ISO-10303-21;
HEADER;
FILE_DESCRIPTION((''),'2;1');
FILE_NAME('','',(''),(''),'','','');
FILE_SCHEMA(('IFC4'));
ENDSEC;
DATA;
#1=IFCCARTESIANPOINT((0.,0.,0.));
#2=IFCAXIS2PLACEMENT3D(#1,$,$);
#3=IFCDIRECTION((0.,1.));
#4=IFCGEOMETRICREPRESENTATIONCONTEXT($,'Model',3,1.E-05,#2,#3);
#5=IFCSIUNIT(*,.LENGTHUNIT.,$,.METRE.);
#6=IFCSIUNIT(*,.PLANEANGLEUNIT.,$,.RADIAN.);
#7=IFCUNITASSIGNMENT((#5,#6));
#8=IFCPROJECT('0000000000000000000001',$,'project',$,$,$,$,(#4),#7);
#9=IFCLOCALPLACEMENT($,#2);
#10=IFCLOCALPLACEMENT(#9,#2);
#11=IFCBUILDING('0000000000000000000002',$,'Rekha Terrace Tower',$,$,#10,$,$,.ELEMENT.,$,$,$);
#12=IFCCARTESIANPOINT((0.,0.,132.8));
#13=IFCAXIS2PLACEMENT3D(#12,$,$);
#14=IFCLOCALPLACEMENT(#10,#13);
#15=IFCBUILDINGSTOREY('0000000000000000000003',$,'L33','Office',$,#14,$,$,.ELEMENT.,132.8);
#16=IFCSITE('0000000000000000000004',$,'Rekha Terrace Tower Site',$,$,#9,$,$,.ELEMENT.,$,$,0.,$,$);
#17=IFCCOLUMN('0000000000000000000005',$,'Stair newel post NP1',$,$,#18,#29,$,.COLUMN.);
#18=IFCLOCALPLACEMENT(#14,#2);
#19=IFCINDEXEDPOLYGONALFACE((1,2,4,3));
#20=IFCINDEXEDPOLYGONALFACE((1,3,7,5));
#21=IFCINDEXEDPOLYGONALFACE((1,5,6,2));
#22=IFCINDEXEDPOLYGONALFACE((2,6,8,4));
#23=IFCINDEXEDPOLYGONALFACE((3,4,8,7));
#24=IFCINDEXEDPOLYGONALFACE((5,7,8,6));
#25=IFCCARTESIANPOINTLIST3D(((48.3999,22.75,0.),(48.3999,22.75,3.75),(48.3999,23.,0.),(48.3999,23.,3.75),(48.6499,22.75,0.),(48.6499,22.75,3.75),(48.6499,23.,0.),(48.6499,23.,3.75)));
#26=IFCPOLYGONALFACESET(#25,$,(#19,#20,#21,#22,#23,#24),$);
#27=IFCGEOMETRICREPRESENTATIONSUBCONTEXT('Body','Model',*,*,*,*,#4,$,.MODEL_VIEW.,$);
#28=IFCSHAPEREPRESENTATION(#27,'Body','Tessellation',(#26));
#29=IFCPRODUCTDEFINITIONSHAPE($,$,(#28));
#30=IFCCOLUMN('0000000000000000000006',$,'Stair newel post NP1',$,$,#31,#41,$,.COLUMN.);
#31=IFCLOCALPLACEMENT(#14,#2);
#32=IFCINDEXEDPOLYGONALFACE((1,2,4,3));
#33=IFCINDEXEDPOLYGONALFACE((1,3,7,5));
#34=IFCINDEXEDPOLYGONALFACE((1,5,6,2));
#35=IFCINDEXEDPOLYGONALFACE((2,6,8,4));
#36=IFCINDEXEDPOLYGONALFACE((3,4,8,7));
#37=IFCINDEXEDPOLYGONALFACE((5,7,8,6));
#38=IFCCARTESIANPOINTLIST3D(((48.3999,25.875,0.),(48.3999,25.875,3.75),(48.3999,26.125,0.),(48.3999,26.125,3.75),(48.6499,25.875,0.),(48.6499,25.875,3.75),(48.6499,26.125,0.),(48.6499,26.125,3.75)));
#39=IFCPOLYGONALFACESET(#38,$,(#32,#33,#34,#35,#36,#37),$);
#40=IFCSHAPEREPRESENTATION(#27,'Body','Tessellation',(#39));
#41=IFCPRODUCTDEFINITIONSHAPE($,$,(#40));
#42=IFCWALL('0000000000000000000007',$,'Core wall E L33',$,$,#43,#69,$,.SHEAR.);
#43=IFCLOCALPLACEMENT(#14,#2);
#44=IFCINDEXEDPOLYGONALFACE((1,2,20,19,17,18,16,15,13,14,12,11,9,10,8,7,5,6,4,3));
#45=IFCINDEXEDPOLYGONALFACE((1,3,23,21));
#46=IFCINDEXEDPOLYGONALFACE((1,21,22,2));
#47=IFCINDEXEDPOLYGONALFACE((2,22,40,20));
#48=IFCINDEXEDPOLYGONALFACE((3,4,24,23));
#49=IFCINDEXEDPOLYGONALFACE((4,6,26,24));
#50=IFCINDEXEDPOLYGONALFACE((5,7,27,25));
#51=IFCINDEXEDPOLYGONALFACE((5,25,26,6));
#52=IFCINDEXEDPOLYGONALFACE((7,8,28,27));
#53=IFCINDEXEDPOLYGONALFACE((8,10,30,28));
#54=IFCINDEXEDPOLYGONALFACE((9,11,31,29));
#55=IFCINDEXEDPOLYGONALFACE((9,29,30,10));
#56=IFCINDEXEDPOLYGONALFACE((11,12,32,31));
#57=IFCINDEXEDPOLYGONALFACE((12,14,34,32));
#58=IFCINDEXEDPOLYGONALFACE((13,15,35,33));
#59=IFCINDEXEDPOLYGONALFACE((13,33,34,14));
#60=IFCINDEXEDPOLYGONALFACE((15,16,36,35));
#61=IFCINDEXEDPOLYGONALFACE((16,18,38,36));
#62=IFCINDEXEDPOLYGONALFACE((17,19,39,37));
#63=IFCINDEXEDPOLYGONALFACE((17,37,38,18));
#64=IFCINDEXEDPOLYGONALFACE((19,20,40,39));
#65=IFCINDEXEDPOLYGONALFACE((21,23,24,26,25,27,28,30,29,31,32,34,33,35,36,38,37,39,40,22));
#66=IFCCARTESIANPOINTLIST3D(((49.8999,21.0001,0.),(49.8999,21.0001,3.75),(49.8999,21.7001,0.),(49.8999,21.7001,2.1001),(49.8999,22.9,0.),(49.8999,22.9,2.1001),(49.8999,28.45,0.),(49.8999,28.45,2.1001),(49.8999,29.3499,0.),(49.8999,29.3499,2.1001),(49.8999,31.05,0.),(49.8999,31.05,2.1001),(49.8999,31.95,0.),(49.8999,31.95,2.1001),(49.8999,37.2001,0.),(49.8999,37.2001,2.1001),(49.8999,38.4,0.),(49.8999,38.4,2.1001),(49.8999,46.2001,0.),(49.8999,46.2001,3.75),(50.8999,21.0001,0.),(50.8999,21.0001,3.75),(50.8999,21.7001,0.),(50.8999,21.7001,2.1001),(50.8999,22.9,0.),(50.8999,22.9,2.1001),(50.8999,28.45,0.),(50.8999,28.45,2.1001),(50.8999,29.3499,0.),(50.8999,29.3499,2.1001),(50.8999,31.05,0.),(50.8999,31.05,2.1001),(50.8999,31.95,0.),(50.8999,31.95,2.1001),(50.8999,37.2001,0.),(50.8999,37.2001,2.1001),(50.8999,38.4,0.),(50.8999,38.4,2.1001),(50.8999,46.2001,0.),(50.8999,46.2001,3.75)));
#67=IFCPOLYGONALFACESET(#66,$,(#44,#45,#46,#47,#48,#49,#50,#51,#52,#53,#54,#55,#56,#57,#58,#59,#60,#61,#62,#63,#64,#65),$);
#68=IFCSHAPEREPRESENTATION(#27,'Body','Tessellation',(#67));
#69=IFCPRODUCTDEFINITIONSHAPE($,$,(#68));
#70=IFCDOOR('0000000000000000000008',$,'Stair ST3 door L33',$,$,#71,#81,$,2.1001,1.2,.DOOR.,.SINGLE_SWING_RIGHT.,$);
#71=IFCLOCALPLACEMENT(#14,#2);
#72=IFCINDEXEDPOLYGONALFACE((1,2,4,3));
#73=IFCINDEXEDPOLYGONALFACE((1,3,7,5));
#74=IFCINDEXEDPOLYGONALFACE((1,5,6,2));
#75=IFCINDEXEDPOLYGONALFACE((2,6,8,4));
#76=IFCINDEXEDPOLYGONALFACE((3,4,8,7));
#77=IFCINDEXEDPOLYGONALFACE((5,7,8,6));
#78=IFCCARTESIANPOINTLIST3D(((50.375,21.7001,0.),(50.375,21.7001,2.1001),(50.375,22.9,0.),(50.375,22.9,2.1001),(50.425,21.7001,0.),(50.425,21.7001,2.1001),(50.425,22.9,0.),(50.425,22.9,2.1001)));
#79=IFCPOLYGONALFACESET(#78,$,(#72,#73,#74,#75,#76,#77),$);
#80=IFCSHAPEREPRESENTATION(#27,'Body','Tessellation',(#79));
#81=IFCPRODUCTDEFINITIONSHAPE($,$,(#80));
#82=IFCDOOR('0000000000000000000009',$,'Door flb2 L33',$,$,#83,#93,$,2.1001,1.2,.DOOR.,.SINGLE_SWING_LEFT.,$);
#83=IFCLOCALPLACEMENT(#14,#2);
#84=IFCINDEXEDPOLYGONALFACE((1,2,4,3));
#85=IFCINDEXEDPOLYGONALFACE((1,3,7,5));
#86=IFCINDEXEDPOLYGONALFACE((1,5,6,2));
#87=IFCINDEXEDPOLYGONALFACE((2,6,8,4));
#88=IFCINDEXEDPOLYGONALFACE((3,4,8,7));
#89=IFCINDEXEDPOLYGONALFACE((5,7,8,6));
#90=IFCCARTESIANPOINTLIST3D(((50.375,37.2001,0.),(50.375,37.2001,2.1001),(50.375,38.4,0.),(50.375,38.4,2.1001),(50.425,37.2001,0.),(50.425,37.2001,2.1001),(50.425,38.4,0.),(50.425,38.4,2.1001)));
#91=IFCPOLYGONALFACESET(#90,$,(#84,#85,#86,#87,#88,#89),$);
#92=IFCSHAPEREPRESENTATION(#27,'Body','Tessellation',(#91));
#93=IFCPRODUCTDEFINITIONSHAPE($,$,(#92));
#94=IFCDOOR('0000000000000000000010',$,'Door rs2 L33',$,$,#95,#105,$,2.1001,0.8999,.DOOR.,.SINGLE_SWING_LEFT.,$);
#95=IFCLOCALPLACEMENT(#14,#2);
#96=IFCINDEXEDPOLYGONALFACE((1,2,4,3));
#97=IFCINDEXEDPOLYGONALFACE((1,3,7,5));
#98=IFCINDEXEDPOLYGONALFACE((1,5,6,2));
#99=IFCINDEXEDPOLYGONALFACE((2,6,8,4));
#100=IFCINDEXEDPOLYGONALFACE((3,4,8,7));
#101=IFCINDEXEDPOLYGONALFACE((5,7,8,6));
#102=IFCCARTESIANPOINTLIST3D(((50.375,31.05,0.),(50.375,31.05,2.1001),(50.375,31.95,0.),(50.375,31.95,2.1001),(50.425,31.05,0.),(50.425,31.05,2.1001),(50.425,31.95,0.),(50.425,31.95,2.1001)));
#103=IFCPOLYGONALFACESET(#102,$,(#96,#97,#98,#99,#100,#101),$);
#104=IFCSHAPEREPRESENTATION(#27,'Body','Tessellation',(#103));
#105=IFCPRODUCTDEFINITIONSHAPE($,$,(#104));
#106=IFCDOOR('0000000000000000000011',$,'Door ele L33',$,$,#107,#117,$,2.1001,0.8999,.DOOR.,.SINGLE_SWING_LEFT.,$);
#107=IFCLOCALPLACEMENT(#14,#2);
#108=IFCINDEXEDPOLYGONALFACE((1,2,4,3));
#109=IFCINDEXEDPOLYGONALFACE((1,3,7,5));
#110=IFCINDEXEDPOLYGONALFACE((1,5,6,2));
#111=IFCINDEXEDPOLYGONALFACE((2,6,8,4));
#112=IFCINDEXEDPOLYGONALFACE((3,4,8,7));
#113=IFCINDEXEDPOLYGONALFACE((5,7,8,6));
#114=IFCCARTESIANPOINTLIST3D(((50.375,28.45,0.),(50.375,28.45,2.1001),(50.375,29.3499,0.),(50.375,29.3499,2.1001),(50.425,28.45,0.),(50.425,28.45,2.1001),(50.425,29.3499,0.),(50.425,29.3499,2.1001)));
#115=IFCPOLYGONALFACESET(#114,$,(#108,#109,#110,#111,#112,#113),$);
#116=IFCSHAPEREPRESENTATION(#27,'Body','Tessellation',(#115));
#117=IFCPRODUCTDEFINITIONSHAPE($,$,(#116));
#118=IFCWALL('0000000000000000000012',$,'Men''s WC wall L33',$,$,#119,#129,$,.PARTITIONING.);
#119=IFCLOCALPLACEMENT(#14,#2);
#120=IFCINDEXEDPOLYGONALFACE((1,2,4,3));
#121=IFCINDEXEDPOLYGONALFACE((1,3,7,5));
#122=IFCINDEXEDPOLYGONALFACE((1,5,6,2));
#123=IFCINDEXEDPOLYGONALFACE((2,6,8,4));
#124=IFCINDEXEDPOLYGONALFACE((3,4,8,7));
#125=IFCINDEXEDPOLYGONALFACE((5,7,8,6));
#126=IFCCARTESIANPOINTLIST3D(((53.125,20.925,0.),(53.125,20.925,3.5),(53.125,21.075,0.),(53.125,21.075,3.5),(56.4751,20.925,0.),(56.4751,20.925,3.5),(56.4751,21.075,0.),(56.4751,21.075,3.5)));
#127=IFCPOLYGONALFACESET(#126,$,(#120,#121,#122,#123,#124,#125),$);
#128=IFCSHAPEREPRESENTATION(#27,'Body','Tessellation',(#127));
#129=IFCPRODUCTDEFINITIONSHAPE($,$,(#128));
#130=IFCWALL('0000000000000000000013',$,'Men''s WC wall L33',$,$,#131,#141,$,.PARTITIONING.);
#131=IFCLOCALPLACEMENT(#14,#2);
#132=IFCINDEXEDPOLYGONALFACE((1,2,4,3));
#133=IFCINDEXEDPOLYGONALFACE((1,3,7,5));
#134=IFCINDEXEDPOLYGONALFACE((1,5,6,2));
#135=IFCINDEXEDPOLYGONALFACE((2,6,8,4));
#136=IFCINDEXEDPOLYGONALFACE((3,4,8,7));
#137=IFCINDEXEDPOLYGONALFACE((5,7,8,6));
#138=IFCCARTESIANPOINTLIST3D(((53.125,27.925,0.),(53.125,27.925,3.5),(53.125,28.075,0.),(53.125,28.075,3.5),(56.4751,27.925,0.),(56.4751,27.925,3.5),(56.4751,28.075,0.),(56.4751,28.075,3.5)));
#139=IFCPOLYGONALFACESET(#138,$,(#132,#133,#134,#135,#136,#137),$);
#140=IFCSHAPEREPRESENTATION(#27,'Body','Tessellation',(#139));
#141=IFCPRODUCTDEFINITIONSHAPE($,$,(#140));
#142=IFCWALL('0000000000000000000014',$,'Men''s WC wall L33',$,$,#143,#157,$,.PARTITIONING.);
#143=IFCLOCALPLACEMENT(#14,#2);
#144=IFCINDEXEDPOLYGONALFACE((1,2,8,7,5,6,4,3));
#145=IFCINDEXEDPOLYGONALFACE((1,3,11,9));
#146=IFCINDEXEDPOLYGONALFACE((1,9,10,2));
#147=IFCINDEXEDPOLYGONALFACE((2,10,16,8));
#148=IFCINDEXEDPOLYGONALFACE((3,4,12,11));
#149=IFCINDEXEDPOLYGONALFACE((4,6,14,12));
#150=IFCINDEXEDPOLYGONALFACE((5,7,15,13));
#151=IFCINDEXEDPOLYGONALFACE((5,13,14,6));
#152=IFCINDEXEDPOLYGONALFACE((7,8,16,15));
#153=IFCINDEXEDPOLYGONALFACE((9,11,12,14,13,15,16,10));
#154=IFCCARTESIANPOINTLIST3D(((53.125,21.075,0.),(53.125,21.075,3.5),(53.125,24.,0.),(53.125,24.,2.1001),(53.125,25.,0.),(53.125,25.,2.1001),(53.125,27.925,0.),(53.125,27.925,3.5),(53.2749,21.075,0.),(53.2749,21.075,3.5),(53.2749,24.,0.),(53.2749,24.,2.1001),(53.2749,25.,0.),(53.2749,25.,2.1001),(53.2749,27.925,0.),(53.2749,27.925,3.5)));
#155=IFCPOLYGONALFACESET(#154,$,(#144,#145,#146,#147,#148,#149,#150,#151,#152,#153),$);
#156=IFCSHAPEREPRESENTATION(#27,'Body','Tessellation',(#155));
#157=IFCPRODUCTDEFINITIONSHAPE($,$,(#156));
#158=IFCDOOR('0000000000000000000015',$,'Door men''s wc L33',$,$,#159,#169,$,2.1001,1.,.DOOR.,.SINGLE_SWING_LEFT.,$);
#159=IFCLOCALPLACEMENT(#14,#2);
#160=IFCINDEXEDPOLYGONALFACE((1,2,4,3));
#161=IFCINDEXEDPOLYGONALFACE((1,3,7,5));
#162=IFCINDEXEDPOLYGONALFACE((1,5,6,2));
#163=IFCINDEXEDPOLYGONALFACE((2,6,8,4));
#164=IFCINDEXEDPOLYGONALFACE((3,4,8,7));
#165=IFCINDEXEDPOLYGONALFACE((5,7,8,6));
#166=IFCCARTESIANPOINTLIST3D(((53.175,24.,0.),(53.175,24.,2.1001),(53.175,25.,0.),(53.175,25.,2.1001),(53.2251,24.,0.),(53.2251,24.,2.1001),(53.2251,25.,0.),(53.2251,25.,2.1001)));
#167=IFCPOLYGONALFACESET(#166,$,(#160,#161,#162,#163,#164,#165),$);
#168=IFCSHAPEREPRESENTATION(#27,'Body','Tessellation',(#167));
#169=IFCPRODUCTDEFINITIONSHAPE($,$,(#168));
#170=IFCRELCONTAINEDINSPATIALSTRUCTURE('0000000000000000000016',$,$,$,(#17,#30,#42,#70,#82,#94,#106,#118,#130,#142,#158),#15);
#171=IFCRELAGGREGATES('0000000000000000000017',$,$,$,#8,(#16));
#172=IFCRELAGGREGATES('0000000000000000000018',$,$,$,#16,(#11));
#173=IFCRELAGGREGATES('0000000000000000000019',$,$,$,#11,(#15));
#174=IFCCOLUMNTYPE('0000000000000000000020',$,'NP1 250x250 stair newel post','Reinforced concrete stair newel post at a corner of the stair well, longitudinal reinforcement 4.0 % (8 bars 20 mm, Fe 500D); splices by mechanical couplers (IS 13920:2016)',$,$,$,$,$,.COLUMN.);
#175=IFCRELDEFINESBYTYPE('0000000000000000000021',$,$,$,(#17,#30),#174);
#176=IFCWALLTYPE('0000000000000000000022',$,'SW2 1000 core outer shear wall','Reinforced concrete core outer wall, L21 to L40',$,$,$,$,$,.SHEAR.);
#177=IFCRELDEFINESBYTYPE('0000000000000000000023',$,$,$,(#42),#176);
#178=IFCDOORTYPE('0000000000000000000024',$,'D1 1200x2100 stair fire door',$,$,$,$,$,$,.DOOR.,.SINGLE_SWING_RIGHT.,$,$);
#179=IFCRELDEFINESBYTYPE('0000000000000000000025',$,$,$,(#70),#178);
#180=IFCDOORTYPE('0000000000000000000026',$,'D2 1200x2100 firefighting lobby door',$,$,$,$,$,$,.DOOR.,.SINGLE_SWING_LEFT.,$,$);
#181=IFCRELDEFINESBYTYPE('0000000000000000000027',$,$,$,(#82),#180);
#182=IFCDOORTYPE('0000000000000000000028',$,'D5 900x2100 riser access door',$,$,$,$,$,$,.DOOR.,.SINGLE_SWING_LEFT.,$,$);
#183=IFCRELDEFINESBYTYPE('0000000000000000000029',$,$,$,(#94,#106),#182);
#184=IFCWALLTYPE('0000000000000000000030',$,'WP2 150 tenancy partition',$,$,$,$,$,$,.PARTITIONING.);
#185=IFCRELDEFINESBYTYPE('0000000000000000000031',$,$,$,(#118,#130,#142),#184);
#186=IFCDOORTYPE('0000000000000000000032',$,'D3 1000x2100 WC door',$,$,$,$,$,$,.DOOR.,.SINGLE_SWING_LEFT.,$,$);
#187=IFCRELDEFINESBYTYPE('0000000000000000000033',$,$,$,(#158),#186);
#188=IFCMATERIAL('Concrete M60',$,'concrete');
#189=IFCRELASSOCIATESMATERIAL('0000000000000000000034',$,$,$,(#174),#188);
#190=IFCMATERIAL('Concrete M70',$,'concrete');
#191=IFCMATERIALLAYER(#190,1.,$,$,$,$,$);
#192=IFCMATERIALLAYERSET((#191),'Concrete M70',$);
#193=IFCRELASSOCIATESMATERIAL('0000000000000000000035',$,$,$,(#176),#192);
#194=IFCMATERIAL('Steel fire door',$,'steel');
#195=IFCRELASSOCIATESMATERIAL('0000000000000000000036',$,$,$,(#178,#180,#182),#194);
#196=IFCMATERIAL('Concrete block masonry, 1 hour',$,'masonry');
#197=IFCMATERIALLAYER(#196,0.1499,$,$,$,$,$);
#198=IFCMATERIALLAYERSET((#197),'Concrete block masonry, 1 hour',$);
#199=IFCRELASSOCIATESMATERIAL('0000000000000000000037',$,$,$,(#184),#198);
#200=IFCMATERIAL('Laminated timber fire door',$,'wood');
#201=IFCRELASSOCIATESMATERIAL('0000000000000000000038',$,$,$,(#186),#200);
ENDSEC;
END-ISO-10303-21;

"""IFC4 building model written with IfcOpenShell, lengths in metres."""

from ifc_helpers import new_model, si_unit, direction, frame, frame_2d, origin, origin_2d, place, context, subcontext, project, spatial, rectangle, extrude, material, layer, layer_set, material_profile, profile_set, type_object, element, fill, save


model = new_model("IFC4")

# Units and contexts
model_context = context("Model", 3, precision=1e-05, world=origin(), true_north=direction((0.0, 1.0)))
body_context = subcontext(model_context, "Body", "Model", "MODEL_VIEW")
ifc_project = project(units=[si_unit("LENGTHUNIT", "METRE"), si_unit("PLANEANGLEUNIT", "RADIAN")], contexts=[model_context])

# Site, building, storey
site_placement = place(None, origin())
site = spatial("IfcSite", under=ifc_project, at=site_placement, Name="Rekha Terrace Tower Site", CompositionType="ELEMENT", RefElevation=0.0)
building_placement = place(site_placement, origin())
building = spatial("IfcBuilding", under=site, at=building_placement, Name="Rekha Terrace Tower", CompositionType="ELEMENT")
storey_placement = place(building_placement, frame((0.0, 0.0, 132.8)))
storey = spatial("IfcBuildingStorey", under=building, at=storey_placement, Name="L33", Description="Office", CompositionType="ELEMENT", Elevation=132.8)

# Columns
ifc_material_1 = material(Name="Concrete M60", Category="concrete")
ifc_material_profile = material_profile(ifc_material_1, rectangle(XDim=0.25, YDim=0.25, at=origin_2d()), Name="RC 250x250")
ifc_profile_set = profile_set([ifc_material_profile], Name="Concrete M60")
column_type = type_object("IfcColumnType", Name="NP1 250x250 stair newel post", Description="Reinforced concrete stair newel post at a corner of the stair well, longitudinal reinforcement 4.0 % (8 bars 20 mm, Fe 500D); splices by mechanical couplers (IS 13920:2016)", PredefinedType="COLUMN", material=ifc_profile_set)
for number, where, z_axis, x_axis, name in (
    (1, (48.5249, 22.875, 0.0), (0.0, 0.0, 1.0), (1.0, 0.0, 0.0), "Stair newel post NP1"),
    (2, (48.5249, 26.0, 0.0), (0.0, 0.0, 1.0), (1.0, 0.0, 0.0), "Stair newel post NP1"),
):
    element("IfcColumn", number, at=place(storey_placement, frame(where, z_axis=z_axis, x_axis=x_axis)), inside=storey, type_object=column_type, Name=name, PredefinedType="COLUMN", context=body_context, shape_type="SweptSolid", body=[
        extrude(rectangle(XDim=0.25, YDim=0.25, at=origin_2d()), origin(), (0.0, 0.0, 1.0), 3.75),
    ])

# Wall, openings, doors
ifc_material_2 = material(Name="Concrete M70", Category="concrete")
ifc_layer_1 = layer(ifc_material_2, 1.0)
ifc_layer_set_1 = layer_set([ifc_layer_1], Name="Concrete M70")
wall_type_1 = type_object("IfcWallType", Name="SW2 1000 core outer shear wall", Description="Reinforced concrete core outer wall, L21 to L40", PredefinedType="SHEAR", material=ifc_layer_set_1)
wall_1_placement = place(storey_placement, frame((50.3999, 21.0, 0.0), z_axis=(0.0, 0.0, 1.0), x_axis=(0.0, 1.0, 0.0)))
wall_1 = element("IfcWall", 3, at=wall_1_placement, inside=storey, type_object=wall_type_1, Name="Core wall E L33", PredefinedType="SHEAR", context=body_context, shape_type="SweptSolid", body=[
    extrude(rectangle(XDim=25.2, YDim=1.0, at=frame_2d((12.6001, 0.0))), origin(), (0.0, 0.0, 1.0), 3.75),
])
opening_1_placement = place(wall_1_placement, frame((16.2, 0.0, 0.0)))
opening_1 = element("IfcOpeningElement", 4, at=opening_1_placement, cuts=wall_1, PredefinedType="OPENING", context=body_context, shape_type="SweptSolid", body=[
    extrude(rectangle(XDim=1.2, YDim=2.1001, at=frame_2d((0.6001, 1.05))), frame((0.0, 0.51, 0.0), z_axis=(0.0, -1.0, 0.0), x_axis=(1.0, 0.0, 0.0)), (0.0, 0.0, 1.0), 1.02),
])
opening_2_placement = place(wall_1_placement, frame((10.05, 0.0, 0.0)))
opening_2 = element("IfcOpeningElement", 5, at=opening_2_placement, cuts=wall_1, PredefinedType="OPENING", context=body_context, shape_type="SweptSolid", body=[
    extrude(rectangle(XDim=0.8999, YDim=2.1001, at=frame_2d((0.45, 1.05))), frame((0.0, 0.51, 0.0), z_axis=(0.0, -1.0, 0.0), x_axis=(1.0, 0.0, 0.0)), (0.0, 0.0, 1.0), 1.02),
])
opening_3_placement = place(wall_1_placement, frame((7.45, 0.0, 0.0)))
opening_3 = element("IfcOpeningElement", 6, at=opening_3_placement, cuts=wall_1, PredefinedType="OPENING", context=body_context, shape_type="SweptSolid", body=[
    extrude(rectangle(XDim=0.8999, YDim=2.1001, at=frame_2d((0.45, 1.05))), frame((0.0, 0.51, 0.0), z_axis=(0.0, -1.0, 0.0), x_axis=(1.0, 0.0, 0.0)), (0.0, 0.0, 1.0), 1.02),
])
opening_4_placement = place(wall_1_placement, frame((0.7, 0.0, 0.0)))
opening_4 = element("IfcOpeningElement", 7, at=opening_4_placement, cuts=wall_1, PredefinedType="OPENING", context=body_context, shape_type="SweptSolid", body=[
    extrude(rectangle(XDim=1.2, YDim=2.1001, at=frame_2d((0.6001, 1.05))), frame((0.0, 0.51, 0.0), z_axis=(0.0, -1.0, 0.0), x_axis=(1.0, 0.0, 0.0)), (0.0, 0.0, 1.0), 1.02),
])
ifc_material_3 = material(Name="Steel fire door", Category="steel")
door_type_1 = type_object("IfcDoorType", Name="D1 1200x2100 stair fire door", OperationType="SINGLE_SWING_RIGHT", PredefinedType="DOOR", material=ifc_material_3)
door_1_placement = place(opening_4_placement, origin())
door_1 = element("IfcDoor", 8, at=door_1_placement, inside=storey, type_object=door_type_1, Name="Stair ST3 door L33", OperationType="SINGLE_SWING_RIGHT", OverallHeight=2.1001, OverallWidth=1.2, PredefinedType="DOOR", context=body_context, shape_type="SweptSolid", body=[
    extrude(rectangle(XDim=1.2, YDim=2.1001, at=frame_2d((0.6001, 1.05))), frame((0.0, 0.0249, 0.0), z_axis=(0.0, -1.0, 0.0), x_axis=(1.0, 0.0, 0.0)), (0.0, 0.0, 1.0), 0.05),
])
fill(opening_4, door_1)
door_type_2 = type_object("IfcDoorType", Name="D2 1200x2100 firefighting lobby door", OperationType="SINGLE_SWING_LEFT", PredefinedType="DOOR", material=ifc_material_3)
door_2_placement = place(opening_1_placement, origin())
door_2 = element("IfcDoor", 9, at=door_2_placement, inside=storey, type_object=door_type_2, Name="Door flb2 L33", OperationType="SINGLE_SWING_LEFT", OverallHeight=2.1001, OverallWidth=1.2, PredefinedType="DOOR", context=body_context, shape_type="SweptSolid", body=[
    extrude(rectangle(XDim=1.2, YDim=2.1001, at=frame_2d((0.6001, 1.05))), frame((0.0, 0.0249, 0.0), z_axis=(0.0, -1.0, 0.0), x_axis=(1.0, 0.0, 0.0)), (0.0, 0.0, 1.0), 0.05),
])
fill(opening_1, door_2)
door_type_3 = type_object("IfcDoorType", Name="D5 900x2100 riser access door", OperationType="SINGLE_SWING_LEFT", PredefinedType="DOOR", material=ifc_material_3)
door_3_placement = place(opening_2_placement, origin())
door_3 = element("IfcDoor", 10, at=door_3_placement, inside=storey, type_object=door_type_3, Name="Door rs2 L33", OperationType="SINGLE_SWING_LEFT", OverallHeight=2.1001, OverallWidth=0.8999, PredefinedType="DOOR", context=body_context, shape_type="SweptSolid", body=[
    extrude(rectangle(XDim=0.8999, YDim=2.1001, at=frame_2d((0.45, 1.05))), frame((0.0, 0.0249, 0.0), z_axis=(0.0, -1.0, 0.0), x_axis=(1.0, 0.0, 0.0)), (0.0, 0.0, 1.0), 0.05),
])
fill(opening_2, door_3)
door_4_placement = place(opening_3_placement, origin())
door_4 = element("IfcDoor", 11, at=door_4_placement, inside=storey, type_object=door_type_3, Name="Door ele L33", OperationType="SINGLE_SWING_LEFT", OverallHeight=2.1001, OverallWidth=0.8999, PredefinedType="DOOR", context=body_context, shape_type="SweptSolid", body=[
    extrude(rectangle(XDim=0.8999, YDim=2.1001, at=frame_2d((0.45, 1.05))), frame((0.0, 0.0249, 0.0), z_axis=(0.0, -1.0, 0.0), x_axis=(1.0, 0.0, 0.0)), (0.0, 0.0, 1.0), 0.05),
])
fill(opening_3, door_4)

# Walls
ifc_material_4 = material(Name="Concrete block masonry, 1 hour", Category="masonry")
ifc_layer_2 = layer(ifc_material_4, 0.1499)
ifc_layer_set_2 = layer_set([ifc_layer_2], Name="Concrete block masonry, 1 hour")
wall_type_2 = type_object("IfcWallType", Name="WP2 150 tenancy partition", PredefinedType="PARTITIONING", material=ifc_layer_set_2)
for number, where, z_axis, x_axis, name in (
    (12, (53.125, 21.0, 0.0), (0.0, 0.0, 1.0), (1.0, 0.0, 0.0), "Men's WC wall L33"),
    (13, (53.125, 28.0, 0.0), (0.0, 0.0, 1.0), (1.0, 0.0, 0.0), "Men's WC wall L33"),
):
    element("IfcWall", number, at=place(storey_placement, frame(where, z_axis=z_axis, x_axis=x_axis)), inside=storey, type_object=wall_type_2, Name=name, PredefinedType="PARTITIONING", context=body_context, shape_type="SweptSolid", body=[
        extrude(rectangle(XDim=3.3501, YDim=0.1499, at=frame_2d((1.675, 0.0))), origin(), (0.0, 0.0, 1.0), 3.5),
    ])

# Wall, opening, door
wall_2_placement = place(storey_placement, frame((53.2, 21.075, 0.0), z_axis=(0.0, 0.0, 1.0), x_axis=(0.0, 1.0, 0.0)))
wall_2 = element("IfcWall", 14, at=wall_2_placement, inside=storey, type_object=wall_type_2, Name="Men's WC wall L33", PredefinedType="PARTITIONING", context=body_context, shape_type="SweptSolid", body=[
    extrude(rectangle(XDim=6.8501, YDim=0.1499, at=frame_2d((3.425, 0.0))), origin(), (0.0, 0.0, 1.0), 3.5),
])
opening_5_placement = place(wall_2_placement, frame((2.925, 0.0, 0.0)))
opening_5 = element("IfcOpeningElement", 15, at=opening_5_placement, cuts=wall_2, PredefinedType="OPENING", context=body_context, shape_type="SweptSolid", body=[
    extrude(rectangle(XDim=1.0, YDim=2.1001, at=frame_2d((0.5, 1.05))), frame((0.0, 0.085, 0.0), z_axis=(0.0, -1.0, 0.0), x_axis=(1.0, 0.0, 0.0)), (0.0, 0.0, 1.0), 0.1699),
])
ifc_material_5 = material(Name="Laminated timber fire door", Category="wood")
door_type_4 = type_object("IfcDoorType", Name="D3 1000x2100 WC door", OperationType="SINGLE_SWING_LEFT", PredefinedType="DOOR", material=ifc_material_5)
door_5_placement = place(opening_5_placement, origin())
door_5 = element("IfcDoor", 16, at=door_5_placement, inside=storey, type_object=door_type_4, Name="Door men's wc L33", OperationType="SINGLE_SWING_LEFT", OverallHeight=2.1001, OverallWidth=1.0, PredefinedType="DOOR", context=body_context, shape_type="SweptSolid", body=[
    extrude(rectangle(XDim=1.0, YDim=2.1001, at=frame_2d((0.5, 1.05))), frame((0.0, 0.0249, 0.0), z_axis=(0.0, -1.0, 0.0), x_axis=(1.0, 0.0, 0.0)), (0.0, 0.0, 1.0), 0.05),
])
fill(opening_5, door_5)

save(model, "model.ifc")
